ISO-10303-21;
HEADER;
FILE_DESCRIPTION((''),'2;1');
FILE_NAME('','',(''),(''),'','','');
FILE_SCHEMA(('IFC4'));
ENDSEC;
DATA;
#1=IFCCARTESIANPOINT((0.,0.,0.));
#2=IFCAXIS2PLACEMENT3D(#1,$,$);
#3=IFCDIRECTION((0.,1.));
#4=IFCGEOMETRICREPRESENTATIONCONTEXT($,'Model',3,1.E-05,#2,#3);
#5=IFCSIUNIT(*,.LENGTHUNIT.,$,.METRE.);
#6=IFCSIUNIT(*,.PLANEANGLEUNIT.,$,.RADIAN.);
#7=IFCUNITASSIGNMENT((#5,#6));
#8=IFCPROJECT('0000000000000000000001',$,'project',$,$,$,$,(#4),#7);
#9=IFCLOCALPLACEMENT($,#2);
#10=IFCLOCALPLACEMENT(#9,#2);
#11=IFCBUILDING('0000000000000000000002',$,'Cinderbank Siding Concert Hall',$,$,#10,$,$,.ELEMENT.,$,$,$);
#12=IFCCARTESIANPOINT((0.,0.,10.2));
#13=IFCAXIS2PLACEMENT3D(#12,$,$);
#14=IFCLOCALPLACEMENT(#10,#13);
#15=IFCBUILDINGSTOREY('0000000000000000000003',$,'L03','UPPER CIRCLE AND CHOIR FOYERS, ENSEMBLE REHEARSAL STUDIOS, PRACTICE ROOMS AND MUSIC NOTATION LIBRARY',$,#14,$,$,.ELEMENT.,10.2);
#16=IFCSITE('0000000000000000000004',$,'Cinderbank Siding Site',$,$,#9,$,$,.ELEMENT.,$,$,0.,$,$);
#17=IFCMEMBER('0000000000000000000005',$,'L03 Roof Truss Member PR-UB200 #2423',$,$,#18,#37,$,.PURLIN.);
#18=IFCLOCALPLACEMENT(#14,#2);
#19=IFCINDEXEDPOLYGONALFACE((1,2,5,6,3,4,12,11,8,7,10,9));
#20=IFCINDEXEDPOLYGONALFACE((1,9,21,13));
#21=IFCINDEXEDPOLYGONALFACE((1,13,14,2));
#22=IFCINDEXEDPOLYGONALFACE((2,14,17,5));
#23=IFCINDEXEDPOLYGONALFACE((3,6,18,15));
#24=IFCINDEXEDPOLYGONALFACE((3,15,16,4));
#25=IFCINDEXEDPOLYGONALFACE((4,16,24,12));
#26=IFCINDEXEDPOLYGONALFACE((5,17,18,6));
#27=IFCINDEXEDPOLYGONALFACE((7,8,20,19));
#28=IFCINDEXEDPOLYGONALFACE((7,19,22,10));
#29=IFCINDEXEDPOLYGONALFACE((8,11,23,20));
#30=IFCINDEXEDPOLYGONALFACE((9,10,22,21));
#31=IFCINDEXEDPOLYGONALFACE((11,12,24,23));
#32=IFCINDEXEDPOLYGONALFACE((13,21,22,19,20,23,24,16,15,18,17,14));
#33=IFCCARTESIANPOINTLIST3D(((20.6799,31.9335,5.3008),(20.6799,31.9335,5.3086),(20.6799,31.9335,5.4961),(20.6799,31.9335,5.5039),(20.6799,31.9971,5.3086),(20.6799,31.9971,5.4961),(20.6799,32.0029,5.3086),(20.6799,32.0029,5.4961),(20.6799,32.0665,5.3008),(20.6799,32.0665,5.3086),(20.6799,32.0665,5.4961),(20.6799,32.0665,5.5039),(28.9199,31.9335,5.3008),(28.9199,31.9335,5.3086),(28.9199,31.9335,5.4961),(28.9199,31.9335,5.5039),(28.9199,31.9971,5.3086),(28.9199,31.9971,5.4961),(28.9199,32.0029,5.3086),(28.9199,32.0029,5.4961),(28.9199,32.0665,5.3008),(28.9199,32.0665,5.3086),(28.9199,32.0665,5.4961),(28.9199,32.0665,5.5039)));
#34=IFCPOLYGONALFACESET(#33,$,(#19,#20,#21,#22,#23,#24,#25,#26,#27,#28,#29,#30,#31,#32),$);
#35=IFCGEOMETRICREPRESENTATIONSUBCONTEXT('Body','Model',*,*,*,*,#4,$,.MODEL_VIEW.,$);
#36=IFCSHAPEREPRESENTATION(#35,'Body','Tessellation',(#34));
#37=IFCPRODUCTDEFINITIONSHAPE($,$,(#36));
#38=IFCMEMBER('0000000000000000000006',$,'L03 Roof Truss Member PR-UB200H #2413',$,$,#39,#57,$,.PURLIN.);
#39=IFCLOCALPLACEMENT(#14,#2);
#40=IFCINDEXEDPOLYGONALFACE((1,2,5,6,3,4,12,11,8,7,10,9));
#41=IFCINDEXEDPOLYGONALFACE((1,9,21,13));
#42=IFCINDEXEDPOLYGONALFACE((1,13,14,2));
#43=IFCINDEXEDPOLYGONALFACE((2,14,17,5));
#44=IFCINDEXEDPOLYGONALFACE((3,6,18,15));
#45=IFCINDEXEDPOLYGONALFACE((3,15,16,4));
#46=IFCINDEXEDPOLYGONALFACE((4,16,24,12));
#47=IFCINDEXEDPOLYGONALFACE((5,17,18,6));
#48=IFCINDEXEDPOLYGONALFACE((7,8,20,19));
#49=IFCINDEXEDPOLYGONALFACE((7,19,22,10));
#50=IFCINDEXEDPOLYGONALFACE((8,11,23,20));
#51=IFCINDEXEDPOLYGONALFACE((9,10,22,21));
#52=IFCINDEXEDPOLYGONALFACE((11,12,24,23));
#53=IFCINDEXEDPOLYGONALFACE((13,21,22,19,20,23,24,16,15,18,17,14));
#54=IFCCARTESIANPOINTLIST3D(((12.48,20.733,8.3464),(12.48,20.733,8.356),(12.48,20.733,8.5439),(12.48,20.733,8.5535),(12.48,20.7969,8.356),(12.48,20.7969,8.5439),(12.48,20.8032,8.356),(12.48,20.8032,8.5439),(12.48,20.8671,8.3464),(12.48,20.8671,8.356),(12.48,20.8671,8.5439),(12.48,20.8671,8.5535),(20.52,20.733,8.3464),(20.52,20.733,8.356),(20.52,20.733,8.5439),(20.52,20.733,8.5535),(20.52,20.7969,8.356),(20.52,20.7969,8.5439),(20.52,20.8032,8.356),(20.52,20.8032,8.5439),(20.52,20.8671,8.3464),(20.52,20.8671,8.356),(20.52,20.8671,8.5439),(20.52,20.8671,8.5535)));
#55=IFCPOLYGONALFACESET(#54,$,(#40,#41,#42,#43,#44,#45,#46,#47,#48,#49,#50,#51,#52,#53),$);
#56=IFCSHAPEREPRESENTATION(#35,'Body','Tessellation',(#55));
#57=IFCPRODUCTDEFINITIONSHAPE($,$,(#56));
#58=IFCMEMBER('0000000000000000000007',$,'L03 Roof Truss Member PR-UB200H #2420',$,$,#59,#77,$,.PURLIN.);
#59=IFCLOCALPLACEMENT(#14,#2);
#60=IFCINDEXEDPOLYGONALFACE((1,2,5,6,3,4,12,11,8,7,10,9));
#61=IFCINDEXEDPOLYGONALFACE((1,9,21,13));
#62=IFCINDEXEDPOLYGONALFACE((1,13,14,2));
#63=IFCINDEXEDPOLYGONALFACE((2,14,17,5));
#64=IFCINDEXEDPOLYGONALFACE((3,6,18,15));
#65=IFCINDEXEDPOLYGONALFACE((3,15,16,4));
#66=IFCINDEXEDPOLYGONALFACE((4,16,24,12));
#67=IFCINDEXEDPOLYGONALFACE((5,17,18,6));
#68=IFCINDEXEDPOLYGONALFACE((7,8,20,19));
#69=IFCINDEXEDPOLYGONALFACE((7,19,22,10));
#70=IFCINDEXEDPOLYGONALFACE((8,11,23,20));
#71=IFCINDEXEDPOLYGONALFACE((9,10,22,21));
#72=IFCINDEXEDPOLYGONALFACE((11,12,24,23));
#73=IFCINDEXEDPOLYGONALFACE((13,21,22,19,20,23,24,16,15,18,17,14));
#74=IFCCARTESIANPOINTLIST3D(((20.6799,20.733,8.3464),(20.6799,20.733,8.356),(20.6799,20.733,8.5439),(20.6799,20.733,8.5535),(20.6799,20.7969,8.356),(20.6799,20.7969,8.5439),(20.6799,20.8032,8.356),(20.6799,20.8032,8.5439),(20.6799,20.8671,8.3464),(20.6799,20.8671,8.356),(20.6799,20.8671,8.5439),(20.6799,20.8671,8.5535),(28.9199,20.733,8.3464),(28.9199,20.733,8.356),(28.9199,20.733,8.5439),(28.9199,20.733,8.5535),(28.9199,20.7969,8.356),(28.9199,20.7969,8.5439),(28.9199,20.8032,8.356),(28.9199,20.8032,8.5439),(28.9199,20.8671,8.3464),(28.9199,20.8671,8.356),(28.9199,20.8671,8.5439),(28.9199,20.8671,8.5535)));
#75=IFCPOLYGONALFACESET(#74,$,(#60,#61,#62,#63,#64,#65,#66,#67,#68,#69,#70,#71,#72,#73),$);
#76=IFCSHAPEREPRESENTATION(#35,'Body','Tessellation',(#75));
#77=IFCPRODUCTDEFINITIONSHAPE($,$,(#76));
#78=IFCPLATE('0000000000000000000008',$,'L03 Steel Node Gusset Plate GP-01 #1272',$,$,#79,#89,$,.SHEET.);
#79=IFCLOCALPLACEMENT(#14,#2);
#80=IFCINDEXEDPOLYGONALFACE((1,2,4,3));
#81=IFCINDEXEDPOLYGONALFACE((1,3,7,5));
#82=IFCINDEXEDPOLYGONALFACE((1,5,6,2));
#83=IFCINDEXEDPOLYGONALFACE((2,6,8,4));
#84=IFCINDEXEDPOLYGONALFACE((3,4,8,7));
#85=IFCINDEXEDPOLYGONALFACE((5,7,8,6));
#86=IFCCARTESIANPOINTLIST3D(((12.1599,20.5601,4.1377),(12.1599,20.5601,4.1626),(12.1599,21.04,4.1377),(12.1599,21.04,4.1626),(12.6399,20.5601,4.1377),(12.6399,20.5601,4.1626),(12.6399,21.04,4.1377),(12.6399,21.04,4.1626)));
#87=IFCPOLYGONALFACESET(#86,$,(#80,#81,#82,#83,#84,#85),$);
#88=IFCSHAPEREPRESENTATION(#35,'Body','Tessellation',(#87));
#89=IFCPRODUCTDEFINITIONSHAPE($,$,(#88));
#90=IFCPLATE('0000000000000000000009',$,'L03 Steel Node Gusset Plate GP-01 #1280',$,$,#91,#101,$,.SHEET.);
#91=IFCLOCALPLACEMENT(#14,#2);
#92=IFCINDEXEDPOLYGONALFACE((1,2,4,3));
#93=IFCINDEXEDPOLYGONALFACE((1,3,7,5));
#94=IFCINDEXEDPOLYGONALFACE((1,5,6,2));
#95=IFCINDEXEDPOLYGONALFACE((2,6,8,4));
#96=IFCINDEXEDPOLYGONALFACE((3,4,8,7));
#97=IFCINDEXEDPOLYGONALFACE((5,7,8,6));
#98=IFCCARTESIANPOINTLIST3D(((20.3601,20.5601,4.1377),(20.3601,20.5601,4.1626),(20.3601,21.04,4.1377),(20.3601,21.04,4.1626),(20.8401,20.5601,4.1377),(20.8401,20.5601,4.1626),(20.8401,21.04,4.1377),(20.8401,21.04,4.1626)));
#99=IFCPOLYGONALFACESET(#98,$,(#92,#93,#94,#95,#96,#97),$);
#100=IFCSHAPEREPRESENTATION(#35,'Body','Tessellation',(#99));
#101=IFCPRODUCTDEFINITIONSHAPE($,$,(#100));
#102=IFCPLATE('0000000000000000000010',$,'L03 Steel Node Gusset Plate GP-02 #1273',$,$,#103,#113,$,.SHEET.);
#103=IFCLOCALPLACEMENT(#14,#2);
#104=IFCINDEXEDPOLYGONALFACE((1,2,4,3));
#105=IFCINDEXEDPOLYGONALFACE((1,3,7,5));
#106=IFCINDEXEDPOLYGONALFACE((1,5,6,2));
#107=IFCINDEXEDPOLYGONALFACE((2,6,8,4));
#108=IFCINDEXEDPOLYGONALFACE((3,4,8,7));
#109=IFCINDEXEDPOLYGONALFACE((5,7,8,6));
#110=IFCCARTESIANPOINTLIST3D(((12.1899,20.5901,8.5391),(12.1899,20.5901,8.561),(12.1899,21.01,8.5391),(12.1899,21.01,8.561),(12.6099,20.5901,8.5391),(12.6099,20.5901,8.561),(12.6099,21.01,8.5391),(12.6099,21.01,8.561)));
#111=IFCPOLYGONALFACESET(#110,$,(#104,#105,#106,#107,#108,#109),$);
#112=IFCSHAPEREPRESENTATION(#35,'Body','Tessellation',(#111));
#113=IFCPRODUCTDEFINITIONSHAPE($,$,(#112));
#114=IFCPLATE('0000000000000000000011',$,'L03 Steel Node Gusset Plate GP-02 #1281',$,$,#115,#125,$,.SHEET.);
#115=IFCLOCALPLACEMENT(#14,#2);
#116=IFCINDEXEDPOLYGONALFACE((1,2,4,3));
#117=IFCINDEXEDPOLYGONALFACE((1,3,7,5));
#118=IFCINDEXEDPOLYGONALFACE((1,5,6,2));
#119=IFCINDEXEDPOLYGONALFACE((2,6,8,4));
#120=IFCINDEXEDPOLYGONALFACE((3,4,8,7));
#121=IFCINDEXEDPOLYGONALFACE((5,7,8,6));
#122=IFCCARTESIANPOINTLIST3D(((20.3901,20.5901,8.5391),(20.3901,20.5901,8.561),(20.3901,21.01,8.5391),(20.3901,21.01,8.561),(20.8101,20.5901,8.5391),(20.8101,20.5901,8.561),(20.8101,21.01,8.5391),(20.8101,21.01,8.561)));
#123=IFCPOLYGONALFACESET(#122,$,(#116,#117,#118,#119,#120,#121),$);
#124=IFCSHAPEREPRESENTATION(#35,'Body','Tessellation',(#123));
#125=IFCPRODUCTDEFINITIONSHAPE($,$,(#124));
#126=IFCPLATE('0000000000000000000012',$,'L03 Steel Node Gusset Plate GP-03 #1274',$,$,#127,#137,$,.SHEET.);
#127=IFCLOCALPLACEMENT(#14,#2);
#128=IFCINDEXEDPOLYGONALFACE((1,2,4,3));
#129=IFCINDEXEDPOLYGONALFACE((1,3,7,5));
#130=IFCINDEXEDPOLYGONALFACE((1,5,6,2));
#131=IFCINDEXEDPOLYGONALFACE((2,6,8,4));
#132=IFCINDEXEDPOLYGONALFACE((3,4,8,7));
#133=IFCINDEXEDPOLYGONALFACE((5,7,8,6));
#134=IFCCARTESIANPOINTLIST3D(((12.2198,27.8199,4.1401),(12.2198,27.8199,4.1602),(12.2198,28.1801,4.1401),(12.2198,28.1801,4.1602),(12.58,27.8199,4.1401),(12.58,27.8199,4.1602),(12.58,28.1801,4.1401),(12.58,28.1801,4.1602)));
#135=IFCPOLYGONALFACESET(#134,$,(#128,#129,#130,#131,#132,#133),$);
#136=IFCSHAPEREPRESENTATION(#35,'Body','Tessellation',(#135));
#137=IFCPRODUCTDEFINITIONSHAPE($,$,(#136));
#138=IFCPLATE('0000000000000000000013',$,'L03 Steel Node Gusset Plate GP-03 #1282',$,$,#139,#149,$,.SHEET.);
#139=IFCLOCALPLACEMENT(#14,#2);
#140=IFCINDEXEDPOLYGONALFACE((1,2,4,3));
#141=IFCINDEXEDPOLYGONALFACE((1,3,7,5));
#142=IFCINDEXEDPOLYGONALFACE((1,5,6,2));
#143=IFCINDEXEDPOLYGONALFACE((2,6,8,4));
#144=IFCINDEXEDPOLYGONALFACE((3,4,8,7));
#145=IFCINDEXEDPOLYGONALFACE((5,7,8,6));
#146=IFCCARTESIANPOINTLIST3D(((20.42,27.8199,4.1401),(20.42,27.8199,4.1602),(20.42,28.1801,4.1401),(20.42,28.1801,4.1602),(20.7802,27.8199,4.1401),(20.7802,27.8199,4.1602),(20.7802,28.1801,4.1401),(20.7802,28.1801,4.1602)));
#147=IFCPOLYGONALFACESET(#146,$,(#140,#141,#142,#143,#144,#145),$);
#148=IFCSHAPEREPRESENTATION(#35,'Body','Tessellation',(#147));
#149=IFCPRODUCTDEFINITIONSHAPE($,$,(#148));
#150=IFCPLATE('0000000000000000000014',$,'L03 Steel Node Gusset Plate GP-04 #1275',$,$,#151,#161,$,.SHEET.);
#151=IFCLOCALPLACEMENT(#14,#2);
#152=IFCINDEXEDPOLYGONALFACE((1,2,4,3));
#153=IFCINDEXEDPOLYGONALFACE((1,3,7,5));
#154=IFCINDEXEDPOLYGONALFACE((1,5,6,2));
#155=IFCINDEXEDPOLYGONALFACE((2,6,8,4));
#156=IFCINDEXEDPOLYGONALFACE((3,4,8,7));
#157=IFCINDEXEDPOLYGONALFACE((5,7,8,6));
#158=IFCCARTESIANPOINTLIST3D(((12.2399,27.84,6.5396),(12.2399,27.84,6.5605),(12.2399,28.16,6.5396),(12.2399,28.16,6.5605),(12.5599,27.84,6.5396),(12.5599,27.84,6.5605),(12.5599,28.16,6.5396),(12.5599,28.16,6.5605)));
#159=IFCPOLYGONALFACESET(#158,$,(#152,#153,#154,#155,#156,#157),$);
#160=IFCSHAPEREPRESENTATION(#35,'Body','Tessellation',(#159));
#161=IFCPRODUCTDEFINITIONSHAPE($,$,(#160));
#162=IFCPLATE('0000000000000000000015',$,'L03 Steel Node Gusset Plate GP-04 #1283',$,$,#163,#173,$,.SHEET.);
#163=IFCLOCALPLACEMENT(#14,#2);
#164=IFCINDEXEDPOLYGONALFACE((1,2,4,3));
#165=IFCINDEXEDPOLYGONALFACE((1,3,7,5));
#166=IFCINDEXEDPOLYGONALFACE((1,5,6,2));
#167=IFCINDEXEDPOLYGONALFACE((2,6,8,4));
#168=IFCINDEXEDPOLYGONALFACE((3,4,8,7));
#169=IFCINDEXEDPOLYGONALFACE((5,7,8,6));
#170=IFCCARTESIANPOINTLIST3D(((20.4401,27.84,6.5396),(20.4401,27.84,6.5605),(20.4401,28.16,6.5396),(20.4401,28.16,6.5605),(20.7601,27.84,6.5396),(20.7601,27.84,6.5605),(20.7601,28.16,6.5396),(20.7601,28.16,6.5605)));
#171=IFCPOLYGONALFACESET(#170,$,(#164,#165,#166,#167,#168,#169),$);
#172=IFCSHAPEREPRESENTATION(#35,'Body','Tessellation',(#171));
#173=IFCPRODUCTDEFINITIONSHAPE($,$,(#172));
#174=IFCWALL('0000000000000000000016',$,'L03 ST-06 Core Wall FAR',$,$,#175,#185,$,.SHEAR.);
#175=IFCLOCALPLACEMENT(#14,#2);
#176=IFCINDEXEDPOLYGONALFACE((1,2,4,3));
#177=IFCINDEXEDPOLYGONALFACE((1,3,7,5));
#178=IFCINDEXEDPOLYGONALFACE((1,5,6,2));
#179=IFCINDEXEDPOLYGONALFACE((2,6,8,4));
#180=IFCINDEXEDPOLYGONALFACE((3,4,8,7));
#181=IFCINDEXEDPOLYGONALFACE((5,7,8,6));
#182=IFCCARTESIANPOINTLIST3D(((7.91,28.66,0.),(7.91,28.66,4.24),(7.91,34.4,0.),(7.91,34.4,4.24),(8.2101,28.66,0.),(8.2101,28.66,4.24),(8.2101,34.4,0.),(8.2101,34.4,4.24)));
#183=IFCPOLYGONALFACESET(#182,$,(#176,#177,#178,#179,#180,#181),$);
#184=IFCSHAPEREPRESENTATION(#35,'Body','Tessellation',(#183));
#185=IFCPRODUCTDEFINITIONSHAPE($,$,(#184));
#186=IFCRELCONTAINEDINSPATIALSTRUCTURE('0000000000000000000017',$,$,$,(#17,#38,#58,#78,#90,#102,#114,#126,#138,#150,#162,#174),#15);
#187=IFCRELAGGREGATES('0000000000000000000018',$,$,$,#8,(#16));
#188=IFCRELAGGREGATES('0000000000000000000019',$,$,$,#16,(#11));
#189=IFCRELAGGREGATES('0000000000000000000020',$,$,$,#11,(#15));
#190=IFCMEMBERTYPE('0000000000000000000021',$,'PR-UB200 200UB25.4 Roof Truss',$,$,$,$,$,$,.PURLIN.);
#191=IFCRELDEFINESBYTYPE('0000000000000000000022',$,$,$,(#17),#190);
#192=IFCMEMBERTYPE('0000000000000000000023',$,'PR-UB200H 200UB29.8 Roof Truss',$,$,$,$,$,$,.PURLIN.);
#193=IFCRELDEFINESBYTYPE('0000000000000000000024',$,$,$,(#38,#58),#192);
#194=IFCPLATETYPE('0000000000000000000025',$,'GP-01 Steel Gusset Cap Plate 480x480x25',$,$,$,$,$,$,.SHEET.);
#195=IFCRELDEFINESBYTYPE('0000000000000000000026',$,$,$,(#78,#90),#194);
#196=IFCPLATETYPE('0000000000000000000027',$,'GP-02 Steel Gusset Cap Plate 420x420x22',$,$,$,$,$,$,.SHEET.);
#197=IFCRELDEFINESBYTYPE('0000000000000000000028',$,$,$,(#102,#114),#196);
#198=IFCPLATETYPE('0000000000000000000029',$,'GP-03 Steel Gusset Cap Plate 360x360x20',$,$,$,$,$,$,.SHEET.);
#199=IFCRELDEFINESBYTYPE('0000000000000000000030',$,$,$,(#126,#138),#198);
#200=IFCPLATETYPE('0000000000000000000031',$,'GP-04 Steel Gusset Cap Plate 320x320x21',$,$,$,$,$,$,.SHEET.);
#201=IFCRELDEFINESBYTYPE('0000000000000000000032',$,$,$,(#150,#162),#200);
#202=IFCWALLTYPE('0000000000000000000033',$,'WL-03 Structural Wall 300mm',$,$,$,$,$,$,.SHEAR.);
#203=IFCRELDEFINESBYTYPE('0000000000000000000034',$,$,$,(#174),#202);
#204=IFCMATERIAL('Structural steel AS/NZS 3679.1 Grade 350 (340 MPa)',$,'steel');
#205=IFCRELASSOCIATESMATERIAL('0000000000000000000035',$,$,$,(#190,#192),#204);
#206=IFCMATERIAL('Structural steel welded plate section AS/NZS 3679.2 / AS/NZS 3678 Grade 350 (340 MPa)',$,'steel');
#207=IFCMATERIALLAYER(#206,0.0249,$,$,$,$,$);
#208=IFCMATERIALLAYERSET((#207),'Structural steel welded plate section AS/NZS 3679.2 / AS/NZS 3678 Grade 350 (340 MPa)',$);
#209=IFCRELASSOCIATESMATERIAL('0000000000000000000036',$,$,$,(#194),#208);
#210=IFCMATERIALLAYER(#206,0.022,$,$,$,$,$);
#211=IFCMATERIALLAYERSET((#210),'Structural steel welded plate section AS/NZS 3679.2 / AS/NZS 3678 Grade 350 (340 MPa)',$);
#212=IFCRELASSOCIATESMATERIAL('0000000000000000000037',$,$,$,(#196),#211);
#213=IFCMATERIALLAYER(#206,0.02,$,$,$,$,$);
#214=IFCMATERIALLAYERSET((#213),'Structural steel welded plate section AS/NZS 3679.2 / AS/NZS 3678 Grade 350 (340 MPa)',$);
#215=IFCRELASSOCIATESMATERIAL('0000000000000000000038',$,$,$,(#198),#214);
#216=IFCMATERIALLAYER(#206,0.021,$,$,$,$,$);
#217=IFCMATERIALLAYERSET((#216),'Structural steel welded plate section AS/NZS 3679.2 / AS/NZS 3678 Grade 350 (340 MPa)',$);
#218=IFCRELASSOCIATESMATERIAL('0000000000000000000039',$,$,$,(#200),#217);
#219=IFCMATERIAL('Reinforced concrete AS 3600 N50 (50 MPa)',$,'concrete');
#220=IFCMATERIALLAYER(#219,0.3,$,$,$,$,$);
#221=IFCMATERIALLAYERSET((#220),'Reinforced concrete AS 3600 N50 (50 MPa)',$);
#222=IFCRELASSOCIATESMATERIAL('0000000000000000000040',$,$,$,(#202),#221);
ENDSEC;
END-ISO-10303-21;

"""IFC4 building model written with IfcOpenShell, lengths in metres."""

from ifc_helpers import new_model, si_unit, direction, frame, frame_2d, origin, origin_2d, place, context, subcontext, project, spatial, rectangle, i_section, extrude, material, layer, layer_set, material_profile, profile_set, type_object, element, save


model = new_model("IFC4")

# Units and contexts
model_context = context("Model", 3, precision=1e-05, world=origin(), true_north=direction((0.0, 1.0)))
body_context = subcontext(model_context, "Body", "Model", "MODEL_VIEW")
ifc_project = project(units=[si_unit("LENGTHUNIT", "METRE"), si_unit("PLANEANGLEUNIT", "RADIAN")], contexts=[model_context])

# Site, building, storey
site_placement = place(None, origin())
site = spatial("IfcSite", under=ifc_project, at=site_placement, Name="Cinderbank Siding Site", CompositionType="ELEMENT", RefElevation=0.0)
building_placement = place(site_placement, origin())
building = spatial("IfcBuilding", under=site, at=building_placement, Name="Cinderbank Siding Concert Hall", CompositionType="ELEMENT")
storey_placement = place(building_placement, frame((0.0, 0.0, 10.2)))
storey = spatial("IfcBuildingStorey", under=building, at=storey_placement, Name="L03", Description="UPPER CIRCLE AND CHOIR FOYERS, ENSEMBLE REHEARSAL STUDIOS, PRACTICE ROOMS AND MUSIC NOTATION LIBRARY", CompositionType="ELEMENT", Elevation=10.2)

# Shared definitions
ifc_material_1 = material(Name="Structural steel AS/NZS 3679.1 Grade 350 (340 MPa)", Category="steel")
ifc_material_2 = material(Name="Reinforced concrete AS 3600 N50 (50 MPa)", Category="concrete")

# Members
ifc_material_profile_1 = material_profile(ifc_material_1, i_section(OverallWidth=0.1331, OverallDepth=0.2031, WebThickness=0.0059, FlangeThickness=0.0078, at=origin_2d()), Name="200UB25.4", Category="LoadBearing")
ifc_profile_set_1 = profile_set([ifc_material_profile_1], Name="Structural steel AS/NZS 3679.1 Grade 350 (340 MPa)")
member_type_1 = type_object("IfcMemberType", Name="PR-UB200 200UB25.4 Roof Truss", PredefinedType="PURLIN", material=ifc_profile_set_1)
for number, where, z_axis, x_axis, name in (
    (1, (20.6799, 32.0, 5.4023), (1.0, 0.0, 0.0), (0.0, 1.0, 0.0), "L03 Roof Truss Member PR-UB200 #2423"),
):
    element("IfcMember", number, at=place(storey_placement, frame(where, z_axis=z_axis, x_axis=x_axis)), inside=storey, type_object=member_type_1, Name=name, PredefinedType="PURLIN", context=body_context, shape_type="SweptSolid", body=[
        extrude(i_section(OverallWidth=0.1331, OverallDepth=0.2031, WebThickness=0.0059, FlangeThickness=0.0078, at=origin_2d()), origin(), (0.0, 0.0, 1.0), 8.24),
    ])
ifc_material_profile_2 = material_profile(ifc_material_1, i_section(OverallWidth=0.134, OverallDepth=0.207, WebThickness=0.0063, FlangeThickness=0.0095, at=origin_2d()), Name="200UB29.8", Category="LoadBearing")
ifc_profile_set_2 = profile_set([ifc_material_profile_2], Name="Structural steel AS/NZS 3679.1 Grade 350 (340 MPa)")
member_type_2 = type_object("IfcMemberType", Name="PR-UB200H 200UB29.8 Roof Truss", PredefinedType="PURLIN", material=ifc_profile_set_2)
member_1_placement = place(storey_placement, frame((12.48, 20.8, 8.45), z_axis=(1.0, 0.0, 0.0), x_axis=(0.0, 1.0, 0.0)))
element("IfcMember", 2, at=member_1_placement, inside=storey, type_object=member_type_2, Name="L03 Roof Truss Member PR-UB200H #2413", PredefinedType="PURLIN", context=body_context, shape_type="SweptSolid", body=[
    extrude(i_section(OverallWidth=0.134, OverallDepth=0.207, WebThickness=0.0063, FlangeThickness=0.0095, at=origin_2d()), origin(), (0.0, 0.0, 1.0), 8.04),
])
member_2_placement = place(storey_placement, frame((20.6799, 20.8, 8.45), z_axis=(1.0, 0.0, 0.0), x_axis=(0.0, 1.0, 0.0)))
element("IfcMember", 3, at=member_2_placement, inside=storey, type_object=member_type_2, Name="L03 Roof Truss Member PR-UB200H #2420", PredefinedType="PURLIN", context=body_context, shape_type="SweptSolid", body=[
    extrude(i_section(OverallWidth=0.134, OverallDepth=0.207, WebThickness=0.0063, FlangeThickness=0.0095, at=origin_2d()), origin(), (0.0, 0.0, 1.0), 8.24),
])

# Plates
ifc_material_3 = material(Name="Structural steel welded plate section AS/NZS 3679.2 / AS/NZS 3678 Grade 350 (340 MPa)", Category="steel")
ifc_layer_1 = layer(ifc_material_3, 0.0249)
ifc_layer_set_1 = layer_set([ifc_layer_1], Name="Structural steel welded plate section AS/NZS 3679.2 / AS/NZS 3678 Grade 350 (340 MPa)")
plate_type_1 = type_object("IfcPlateType", Name="GP-01 Steel Gusset Cap Plate 480x480x25", PredefinedType="SHEET", material=ifc_layer_set_1)
for number, where, z_axis, x_axis, name in (
    (4, (12.3999, 20.8, 4.1377), (0.0, 0.0, 1.0), (1.0, 0.0, 0.0), "L03 Steel Node Gusset Plate GP-01 #1272"),
    (5, (20.6001, 20.8, 4.1377), (0.0, 0.0, 1.0), (1.0, 0.0, 0.0), "L03 Steel Node Gusset Plate GP-01 #1280"),
):
    element("IfcPlate", number, at=place(storey_placement, frame(where, z_axis=z_axis, x_axis=x_axis)), inside=storey, type_object=plate_type_1, Name=name, PredefinedType="SHEET", context=body_context, shape_type="SweptSolid", body=[
        extrude(rectangle(XDim=0.48, YDim=0.48, at=origin_2d()), origin(), (0.0, 0.0, 1.0), 0.0249),
    ])
ifc_layer_2 = layer(ifc_material_3, 0.022)
ifc_layer_set_2 = layer_set([ifc_layer_2], Name="Structural steel welded plate section AS/NZS 3679.2 / AS/NZS 3678 Grade 350 (340 MPa)")
plate_type_2 = type_object("IfcPlateType", Name="GP-02 Steel Gusset Cap Plate 420x420x22", PredefinedType="SHEET", material=ifc_layer_set_2)
for number, where, z_axis, x_axis, name in (
    (6, (12.3999, 20.8, 8.5391), (0.0, 0.0, 1.0), (1.0, 0.0, 0.0), "L03 Steel Node Gusset Plate GP-02 #1273"),
    (7, (20.6001, 20.8, 8.5391), (0.0, 0.0, 1.0), (1.0, 0.0, 0.0), "L03 Steel Node Gusset Plate GP-02 #1281"),
):
    element("IfcPlate", number, at=place(storey_placement, frame(where, z_axis=z_axis, x_axis=x_axis)), inside=storey, type_object=plate_type_2, Name=name, PredefinedType="SHEET", context=body_context, shape_type="SweptSolid", body=[
        extrude(rectangle(XDim=0.4199, YDim=0.4199, at=origin_2d()), origin(), (0.0, 0.0, 1.0), 0.022),
    ])
ifc_layer_3 = layer(ifc_material_3, 0.02)
ifc_layer_set_3 = layer_set([ifc_layer_3], Name="Structural steel welded plate section AS/NZS 3679.2 / AS/NZS 3678 Grade 350 (340 MPa)")
plate_type_3 = type_object("IfcPlateType", Name="GP-03 Steel Gusset Cap Plate 360x360x20", PredefinedType="SHEET", material=ifc_layer_set_3)
for number, where, z_axis, x_axis, name in (
    (8, (12.3999, 28.0, 4.1401), (0.0, 0.0, 1.0), (1.0, 0.0, 0.0), "L03 Steel Node Gusset Plate GP-03 #1274"),
    (9, (20.6001, 28.0, 4.1401), (0.0, 0.0, 1.0), (1.0, 0.0, 0.0), "L03 Steel Node Gusset Plate GP-03 #1282"),
):
    element("IfcPlate", number, at=place(storey_placement, frame(where, z_axis=z_axis, x_axis=x_axis)), inside=storey, type_object=plate_type_3, Name=name, PredefinedType="SHEET", context=body_context, shape_type="SweptSolid", body=[
        extrude(rectangle(XDim=0.3601, YDim=0.3601, at=origin_2d()), origin(), (0.0, 0.0, 1.0), 0.02),
    ])
ifc_layer_4 = layer(ifc_material_3, 0.021)
ifc_layer_set_4 = layer_set([ifc_layer_4], Name="Structural steel welded plate section AS/NZS 3679.2 / AS/NZS 3678 Grade 350 (340 MPa)")
plate_type_4 = type_object("IfcPlateType", Name="GP-04 Steel Gusset Cap Plate 320x320x21", PredefinedType="SHEET", material=ifc_layer_set_4)
for number, where, z_axis, x_axis, name in (
    (10, (12.3999, 28.0, 6.5396), (0.0, 0.0, 1.0), (1.0, 0.0, 0.0), "L03 Steel Node Gusset Plate GP-04 #1275"),
    (11, (20.6001, 28.0, 6.5396), (0.0, 0.0, 1.0), (1.0, 0.0, 0.0), "L03 Steel Node Gusset Plate GP-04 #1283"),
):
    element("IfcPlate", number, at=place(storey_placement, frame(where, z_axis=z_axis, x_axis=x_axis)), inside=storey, type_object=plate_type_4, Name=name, PredefinedType="SHEET", context=body_context, shape_type="SweptSolid", body=[
        extrude(rectangle(XDim=0.3201, YDim=0.3201, at=origin_2d()), origin(), (0.0, 0.0, 1.0), 0.021),
    ])

# Wall
ifc_layer_5 = layer(ifc_material_2, 0.3)
ifc_layer_set_5 = layer_set([ifc_layer_5], Name="Reinforced concrete AS 3600 N50 (50 MPa)")
wall_type_1 = type_object("IfcWallType", Name="WL-03 Structural Wall 300mm", PredefinedType="SHEAR", material=ifc_layer_set_5)
wall_1_placement = place(storey_placement, frame((8.0601, 28.6599, 0.0), z_axis=(0.0, 0.0, 1.0), x_axis=(0.0, 1.0, 0.0)))
element("IfcWall", 12, at=wall_1_placement, inside=storey, type_object=wall_type_1, Name="L03 ST-06 Core Wall FAR", PredefinedType="SHEAR", context=body_context, shape_type="SweptSolid", body=[
    extrude(rectangle(XDim=5.74, YDim=0.3, at=frame_2d((2.8701, 0.0))), origin(), (0.0, 0.0, 1.0), 4.24),
])

save(model, "model.ifc")
